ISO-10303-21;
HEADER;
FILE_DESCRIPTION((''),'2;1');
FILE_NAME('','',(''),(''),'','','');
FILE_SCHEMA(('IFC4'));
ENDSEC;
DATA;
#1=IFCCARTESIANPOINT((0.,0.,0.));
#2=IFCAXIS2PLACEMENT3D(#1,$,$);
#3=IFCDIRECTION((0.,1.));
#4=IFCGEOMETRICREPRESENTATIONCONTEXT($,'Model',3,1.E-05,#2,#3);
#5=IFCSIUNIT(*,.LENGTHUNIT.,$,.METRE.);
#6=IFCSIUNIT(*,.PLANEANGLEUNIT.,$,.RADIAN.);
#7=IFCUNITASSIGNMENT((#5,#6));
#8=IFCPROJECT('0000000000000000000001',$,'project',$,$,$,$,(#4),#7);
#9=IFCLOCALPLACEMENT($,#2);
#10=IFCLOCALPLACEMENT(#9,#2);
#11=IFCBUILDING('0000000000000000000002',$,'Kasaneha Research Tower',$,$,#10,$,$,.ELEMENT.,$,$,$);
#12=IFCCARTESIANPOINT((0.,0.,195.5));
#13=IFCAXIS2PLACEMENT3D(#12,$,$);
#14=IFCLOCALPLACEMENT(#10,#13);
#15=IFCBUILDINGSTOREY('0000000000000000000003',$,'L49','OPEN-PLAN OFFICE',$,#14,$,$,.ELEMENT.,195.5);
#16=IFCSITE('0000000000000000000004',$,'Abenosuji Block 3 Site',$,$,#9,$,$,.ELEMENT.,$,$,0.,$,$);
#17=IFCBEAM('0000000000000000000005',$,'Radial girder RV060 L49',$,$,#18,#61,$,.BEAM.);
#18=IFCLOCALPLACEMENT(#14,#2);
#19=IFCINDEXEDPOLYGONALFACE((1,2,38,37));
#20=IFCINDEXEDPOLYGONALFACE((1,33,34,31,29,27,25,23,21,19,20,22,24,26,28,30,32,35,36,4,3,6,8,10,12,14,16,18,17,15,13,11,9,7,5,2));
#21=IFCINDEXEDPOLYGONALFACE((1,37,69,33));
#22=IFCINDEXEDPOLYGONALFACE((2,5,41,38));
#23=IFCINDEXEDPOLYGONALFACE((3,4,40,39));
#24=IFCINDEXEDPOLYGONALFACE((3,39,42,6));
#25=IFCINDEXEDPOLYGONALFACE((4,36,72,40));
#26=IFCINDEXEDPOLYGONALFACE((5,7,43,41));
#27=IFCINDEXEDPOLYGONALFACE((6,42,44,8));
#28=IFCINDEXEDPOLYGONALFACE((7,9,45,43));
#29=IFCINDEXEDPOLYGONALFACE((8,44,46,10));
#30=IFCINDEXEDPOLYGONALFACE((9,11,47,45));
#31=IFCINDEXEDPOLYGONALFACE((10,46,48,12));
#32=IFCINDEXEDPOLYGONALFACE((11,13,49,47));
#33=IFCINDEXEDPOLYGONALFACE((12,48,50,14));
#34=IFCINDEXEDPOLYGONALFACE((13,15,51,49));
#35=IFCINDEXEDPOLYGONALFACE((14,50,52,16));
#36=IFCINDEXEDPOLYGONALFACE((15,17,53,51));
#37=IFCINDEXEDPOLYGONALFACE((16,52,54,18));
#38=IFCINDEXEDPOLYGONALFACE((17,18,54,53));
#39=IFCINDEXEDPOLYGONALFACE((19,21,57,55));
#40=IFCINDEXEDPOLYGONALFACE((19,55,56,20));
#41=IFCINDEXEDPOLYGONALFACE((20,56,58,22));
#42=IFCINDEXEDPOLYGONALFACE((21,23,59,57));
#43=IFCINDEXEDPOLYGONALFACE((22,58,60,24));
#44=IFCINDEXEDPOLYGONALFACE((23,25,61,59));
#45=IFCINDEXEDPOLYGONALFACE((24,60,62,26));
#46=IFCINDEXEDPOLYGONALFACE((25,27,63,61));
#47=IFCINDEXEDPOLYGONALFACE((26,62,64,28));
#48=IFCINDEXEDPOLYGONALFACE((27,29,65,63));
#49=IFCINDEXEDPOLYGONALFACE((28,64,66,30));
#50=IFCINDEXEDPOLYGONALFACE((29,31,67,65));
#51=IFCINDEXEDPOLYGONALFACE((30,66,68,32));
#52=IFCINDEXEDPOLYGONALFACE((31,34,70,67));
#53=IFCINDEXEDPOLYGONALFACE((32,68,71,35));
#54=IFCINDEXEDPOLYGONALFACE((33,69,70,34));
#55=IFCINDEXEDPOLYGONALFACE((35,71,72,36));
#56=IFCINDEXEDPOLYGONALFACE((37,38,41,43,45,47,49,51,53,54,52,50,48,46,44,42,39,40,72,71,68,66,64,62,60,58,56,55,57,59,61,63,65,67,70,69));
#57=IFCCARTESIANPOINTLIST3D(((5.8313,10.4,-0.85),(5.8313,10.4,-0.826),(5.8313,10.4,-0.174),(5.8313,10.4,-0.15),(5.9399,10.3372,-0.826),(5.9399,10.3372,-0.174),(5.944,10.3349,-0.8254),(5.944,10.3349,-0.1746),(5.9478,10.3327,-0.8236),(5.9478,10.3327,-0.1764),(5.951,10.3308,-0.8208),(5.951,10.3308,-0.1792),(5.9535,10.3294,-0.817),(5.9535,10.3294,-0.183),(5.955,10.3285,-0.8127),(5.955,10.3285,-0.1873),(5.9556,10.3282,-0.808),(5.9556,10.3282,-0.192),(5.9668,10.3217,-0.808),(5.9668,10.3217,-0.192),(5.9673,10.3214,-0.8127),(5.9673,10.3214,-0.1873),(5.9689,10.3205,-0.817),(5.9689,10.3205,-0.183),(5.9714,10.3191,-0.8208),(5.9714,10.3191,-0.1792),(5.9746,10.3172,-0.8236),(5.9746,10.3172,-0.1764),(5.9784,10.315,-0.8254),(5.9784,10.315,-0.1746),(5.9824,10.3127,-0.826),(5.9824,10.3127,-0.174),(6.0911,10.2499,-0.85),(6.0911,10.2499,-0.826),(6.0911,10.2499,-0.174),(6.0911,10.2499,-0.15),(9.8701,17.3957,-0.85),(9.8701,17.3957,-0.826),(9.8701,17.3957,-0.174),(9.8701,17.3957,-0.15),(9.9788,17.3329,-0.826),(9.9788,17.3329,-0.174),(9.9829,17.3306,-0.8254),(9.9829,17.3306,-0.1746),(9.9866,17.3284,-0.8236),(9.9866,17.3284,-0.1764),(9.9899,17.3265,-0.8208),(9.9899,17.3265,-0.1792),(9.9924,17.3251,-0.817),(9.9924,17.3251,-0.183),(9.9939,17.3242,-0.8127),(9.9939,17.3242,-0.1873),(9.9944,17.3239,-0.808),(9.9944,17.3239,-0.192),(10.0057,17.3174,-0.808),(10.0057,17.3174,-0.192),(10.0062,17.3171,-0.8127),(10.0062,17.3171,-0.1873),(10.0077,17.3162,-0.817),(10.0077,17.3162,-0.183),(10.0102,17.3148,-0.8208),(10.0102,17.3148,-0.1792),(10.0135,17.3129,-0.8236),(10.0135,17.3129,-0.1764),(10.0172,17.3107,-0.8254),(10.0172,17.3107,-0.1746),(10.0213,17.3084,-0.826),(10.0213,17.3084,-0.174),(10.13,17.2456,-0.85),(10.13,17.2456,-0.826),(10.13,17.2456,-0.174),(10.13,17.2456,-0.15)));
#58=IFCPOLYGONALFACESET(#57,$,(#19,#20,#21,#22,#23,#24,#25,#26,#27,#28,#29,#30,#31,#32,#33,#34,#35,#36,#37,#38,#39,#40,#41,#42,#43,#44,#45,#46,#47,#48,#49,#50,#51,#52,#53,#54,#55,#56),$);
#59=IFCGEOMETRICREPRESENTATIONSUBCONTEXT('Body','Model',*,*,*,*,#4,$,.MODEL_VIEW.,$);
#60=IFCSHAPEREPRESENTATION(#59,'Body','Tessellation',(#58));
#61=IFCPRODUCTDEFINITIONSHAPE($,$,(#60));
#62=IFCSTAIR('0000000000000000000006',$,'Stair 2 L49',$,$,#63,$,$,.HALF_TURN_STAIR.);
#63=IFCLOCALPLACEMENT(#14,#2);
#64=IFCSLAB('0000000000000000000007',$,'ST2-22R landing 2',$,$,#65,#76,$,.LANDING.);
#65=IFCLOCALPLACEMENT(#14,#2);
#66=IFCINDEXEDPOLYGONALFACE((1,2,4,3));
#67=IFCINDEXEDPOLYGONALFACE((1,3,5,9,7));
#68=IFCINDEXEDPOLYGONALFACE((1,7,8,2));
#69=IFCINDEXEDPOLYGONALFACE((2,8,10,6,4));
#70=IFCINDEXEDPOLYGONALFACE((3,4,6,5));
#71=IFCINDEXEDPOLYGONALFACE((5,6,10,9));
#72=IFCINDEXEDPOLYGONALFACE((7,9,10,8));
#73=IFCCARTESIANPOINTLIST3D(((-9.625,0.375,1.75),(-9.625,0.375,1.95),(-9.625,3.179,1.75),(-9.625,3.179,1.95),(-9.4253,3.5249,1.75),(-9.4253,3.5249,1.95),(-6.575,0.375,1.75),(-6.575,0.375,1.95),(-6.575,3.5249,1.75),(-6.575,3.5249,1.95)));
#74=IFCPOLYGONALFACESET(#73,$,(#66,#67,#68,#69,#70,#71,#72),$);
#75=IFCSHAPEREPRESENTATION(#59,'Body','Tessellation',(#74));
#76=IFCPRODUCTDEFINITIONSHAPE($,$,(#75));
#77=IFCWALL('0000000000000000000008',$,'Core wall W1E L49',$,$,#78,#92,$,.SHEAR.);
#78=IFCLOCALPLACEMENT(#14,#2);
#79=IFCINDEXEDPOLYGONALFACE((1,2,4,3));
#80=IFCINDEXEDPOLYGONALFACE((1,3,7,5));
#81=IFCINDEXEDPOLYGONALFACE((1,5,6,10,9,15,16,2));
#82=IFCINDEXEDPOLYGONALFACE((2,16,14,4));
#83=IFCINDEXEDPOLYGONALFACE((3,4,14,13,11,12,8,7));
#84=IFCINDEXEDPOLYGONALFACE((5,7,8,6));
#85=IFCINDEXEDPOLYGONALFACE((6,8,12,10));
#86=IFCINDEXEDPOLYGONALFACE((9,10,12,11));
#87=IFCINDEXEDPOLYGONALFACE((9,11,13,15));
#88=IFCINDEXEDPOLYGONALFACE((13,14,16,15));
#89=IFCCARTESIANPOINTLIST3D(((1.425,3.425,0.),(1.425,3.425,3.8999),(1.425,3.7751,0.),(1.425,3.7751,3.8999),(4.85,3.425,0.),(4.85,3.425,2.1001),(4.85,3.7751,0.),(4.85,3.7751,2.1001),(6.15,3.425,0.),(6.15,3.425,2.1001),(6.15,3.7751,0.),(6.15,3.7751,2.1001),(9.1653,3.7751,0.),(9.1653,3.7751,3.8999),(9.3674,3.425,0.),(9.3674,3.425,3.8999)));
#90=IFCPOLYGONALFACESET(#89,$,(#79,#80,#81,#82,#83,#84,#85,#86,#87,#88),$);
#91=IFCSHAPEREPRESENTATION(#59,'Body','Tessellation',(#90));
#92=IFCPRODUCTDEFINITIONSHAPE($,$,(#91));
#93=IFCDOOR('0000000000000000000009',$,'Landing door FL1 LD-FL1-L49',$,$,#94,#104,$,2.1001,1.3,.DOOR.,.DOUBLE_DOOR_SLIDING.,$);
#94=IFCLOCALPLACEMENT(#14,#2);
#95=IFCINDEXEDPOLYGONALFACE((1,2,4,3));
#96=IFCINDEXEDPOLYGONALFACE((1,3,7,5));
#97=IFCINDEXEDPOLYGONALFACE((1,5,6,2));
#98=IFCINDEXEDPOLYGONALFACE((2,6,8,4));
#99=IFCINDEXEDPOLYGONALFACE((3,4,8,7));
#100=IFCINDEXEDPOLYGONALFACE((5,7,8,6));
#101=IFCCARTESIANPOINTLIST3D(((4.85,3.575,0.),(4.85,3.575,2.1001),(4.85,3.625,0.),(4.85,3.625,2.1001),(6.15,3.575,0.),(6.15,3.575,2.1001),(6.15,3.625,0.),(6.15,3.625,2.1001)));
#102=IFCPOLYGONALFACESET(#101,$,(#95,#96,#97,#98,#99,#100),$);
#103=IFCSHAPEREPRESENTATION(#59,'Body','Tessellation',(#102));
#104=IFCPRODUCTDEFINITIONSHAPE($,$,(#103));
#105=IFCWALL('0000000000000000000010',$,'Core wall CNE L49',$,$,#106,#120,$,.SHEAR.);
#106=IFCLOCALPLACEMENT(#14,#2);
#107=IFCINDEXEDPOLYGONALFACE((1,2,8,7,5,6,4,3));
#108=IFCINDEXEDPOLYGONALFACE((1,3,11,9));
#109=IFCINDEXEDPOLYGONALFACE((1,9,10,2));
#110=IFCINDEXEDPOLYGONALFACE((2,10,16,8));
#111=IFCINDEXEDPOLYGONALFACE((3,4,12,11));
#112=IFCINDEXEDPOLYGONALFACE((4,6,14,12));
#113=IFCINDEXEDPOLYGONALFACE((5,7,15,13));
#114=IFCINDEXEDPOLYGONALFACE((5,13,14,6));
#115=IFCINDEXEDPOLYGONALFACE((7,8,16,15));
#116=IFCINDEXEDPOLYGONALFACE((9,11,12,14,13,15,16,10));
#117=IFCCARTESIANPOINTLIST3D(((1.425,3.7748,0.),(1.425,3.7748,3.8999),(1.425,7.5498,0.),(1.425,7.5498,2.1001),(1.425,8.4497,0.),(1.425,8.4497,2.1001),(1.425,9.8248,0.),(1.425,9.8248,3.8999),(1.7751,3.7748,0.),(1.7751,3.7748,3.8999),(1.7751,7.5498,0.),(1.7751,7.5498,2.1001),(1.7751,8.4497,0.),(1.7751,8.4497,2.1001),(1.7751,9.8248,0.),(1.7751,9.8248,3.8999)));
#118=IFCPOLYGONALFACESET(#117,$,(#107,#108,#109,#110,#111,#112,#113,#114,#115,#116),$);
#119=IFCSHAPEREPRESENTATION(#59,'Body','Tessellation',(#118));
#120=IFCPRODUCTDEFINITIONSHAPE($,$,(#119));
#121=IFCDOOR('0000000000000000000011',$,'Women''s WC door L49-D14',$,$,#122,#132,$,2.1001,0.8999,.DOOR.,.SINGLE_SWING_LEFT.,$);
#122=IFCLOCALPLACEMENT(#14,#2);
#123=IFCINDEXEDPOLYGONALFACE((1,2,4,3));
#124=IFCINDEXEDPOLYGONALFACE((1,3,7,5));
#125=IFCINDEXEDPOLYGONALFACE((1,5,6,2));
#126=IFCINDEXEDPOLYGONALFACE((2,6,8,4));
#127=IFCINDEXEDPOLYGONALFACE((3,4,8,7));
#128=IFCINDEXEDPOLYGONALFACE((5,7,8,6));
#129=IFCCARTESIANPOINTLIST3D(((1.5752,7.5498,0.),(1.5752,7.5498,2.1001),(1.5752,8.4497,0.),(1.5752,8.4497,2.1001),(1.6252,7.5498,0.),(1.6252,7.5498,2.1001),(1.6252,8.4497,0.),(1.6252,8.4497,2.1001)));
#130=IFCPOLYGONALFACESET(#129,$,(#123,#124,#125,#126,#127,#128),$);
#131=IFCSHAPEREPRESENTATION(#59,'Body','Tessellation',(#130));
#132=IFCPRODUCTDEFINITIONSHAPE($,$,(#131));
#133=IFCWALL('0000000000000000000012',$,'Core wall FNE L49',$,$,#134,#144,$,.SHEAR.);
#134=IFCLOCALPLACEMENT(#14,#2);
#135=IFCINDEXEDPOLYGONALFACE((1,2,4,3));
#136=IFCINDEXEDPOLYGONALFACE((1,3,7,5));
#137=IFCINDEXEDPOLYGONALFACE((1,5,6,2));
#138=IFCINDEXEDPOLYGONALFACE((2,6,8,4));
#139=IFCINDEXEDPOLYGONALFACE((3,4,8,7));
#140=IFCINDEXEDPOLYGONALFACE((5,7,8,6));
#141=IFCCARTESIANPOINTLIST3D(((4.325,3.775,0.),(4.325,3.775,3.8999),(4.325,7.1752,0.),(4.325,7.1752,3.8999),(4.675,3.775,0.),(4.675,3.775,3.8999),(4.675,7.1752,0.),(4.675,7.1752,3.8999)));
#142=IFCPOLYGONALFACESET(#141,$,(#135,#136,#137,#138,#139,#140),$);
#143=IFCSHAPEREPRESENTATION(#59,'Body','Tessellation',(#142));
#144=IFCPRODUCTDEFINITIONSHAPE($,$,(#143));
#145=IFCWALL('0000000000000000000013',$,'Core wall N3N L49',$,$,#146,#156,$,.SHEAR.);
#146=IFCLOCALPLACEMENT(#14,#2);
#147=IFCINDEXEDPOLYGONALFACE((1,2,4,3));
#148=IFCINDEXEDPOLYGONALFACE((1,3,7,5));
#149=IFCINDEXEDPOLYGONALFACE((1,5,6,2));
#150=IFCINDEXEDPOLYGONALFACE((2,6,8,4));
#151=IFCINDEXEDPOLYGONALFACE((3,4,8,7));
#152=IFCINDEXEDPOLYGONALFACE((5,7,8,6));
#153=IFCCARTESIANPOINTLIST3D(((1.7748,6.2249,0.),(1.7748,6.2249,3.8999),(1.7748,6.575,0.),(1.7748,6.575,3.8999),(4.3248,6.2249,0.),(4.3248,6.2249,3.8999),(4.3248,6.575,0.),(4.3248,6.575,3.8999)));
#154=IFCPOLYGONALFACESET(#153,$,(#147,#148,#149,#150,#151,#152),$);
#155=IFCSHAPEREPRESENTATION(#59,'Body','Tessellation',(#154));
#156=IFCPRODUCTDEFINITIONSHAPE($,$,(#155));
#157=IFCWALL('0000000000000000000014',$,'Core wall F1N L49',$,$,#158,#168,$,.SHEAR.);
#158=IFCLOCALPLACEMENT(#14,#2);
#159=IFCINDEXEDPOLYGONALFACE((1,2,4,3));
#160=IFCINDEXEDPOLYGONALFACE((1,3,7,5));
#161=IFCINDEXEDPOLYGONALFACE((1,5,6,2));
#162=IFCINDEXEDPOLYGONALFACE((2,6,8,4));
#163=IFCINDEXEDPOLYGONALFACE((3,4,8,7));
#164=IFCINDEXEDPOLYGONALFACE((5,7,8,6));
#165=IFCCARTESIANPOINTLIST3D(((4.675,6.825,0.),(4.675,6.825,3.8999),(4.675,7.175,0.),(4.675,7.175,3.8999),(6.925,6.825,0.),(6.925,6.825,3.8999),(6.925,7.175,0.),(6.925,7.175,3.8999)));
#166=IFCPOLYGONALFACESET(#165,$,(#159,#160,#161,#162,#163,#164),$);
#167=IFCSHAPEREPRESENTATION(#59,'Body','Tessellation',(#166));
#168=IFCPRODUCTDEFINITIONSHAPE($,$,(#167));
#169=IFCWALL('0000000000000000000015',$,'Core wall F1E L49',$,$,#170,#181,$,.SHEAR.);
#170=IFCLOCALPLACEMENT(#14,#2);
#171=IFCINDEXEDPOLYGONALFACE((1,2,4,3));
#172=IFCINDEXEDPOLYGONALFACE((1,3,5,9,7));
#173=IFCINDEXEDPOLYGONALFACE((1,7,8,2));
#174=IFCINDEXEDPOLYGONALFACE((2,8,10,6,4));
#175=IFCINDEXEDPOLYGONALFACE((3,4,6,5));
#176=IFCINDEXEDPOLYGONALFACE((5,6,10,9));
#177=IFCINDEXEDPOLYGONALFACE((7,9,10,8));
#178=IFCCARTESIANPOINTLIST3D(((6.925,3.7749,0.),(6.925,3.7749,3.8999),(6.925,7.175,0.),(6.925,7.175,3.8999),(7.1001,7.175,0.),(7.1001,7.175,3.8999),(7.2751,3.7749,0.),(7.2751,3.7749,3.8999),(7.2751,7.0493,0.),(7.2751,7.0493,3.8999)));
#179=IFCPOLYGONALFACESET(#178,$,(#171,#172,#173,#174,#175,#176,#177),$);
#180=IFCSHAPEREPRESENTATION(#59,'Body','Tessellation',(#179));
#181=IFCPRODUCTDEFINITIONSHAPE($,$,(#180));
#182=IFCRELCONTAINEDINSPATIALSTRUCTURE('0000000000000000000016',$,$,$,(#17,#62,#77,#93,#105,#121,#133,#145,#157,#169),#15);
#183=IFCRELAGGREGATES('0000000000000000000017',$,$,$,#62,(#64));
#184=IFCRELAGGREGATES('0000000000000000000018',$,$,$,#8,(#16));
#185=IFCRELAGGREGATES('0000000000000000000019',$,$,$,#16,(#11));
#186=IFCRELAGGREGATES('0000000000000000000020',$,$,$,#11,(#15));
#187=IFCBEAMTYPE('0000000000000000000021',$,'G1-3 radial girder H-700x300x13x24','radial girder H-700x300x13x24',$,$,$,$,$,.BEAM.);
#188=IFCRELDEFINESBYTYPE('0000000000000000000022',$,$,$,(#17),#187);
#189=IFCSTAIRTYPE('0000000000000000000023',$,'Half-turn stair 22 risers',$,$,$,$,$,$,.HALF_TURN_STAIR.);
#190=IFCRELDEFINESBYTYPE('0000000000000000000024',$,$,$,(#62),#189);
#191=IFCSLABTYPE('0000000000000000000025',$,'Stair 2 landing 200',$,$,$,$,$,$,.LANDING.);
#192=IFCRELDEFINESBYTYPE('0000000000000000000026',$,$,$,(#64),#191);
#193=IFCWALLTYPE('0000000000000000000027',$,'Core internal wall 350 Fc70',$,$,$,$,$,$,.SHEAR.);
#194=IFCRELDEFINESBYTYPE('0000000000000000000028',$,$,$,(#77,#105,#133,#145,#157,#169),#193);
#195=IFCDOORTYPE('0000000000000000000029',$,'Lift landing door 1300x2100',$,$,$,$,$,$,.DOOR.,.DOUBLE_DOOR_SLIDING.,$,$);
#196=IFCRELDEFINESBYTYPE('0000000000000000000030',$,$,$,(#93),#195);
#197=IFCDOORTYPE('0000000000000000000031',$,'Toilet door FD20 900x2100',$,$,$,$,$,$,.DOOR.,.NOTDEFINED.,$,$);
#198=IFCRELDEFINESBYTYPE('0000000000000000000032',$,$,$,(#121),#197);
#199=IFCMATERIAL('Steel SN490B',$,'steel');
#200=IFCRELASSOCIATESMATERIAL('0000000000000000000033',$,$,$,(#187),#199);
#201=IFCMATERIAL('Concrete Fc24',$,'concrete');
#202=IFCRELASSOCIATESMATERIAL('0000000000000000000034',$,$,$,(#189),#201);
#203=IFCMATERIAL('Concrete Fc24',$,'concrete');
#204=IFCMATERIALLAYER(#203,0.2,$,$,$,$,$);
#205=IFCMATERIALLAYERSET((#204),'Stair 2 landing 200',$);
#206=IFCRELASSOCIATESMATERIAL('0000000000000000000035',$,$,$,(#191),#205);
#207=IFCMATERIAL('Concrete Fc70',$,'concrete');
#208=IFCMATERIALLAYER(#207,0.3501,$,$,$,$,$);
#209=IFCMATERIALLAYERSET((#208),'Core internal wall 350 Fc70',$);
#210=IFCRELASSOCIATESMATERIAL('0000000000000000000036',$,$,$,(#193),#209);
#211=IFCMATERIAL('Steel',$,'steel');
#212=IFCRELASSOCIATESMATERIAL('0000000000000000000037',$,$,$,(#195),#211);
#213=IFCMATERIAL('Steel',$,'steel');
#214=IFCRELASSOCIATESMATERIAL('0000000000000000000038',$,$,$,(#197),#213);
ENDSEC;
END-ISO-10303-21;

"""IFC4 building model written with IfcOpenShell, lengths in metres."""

from ifc_helpers import new_model, si_unit, direction, frame, frame_2d, origin, origin_2d, place, context, subcontext, project, spatial, polyline, rectangle, i_section, outline, extrude, material, layer, layer_set, material_profile, profile_set, type_object, element, fill, aggregate, save


model = new_model("IFC4")

# Units and contexts
model_context = context("Model", 3, precision=1e-05, world=origin(), true_north=direction((0.0, 1.0)))
body_context = subcontext(model_context, "Body", "Model", "MODEL_VIEW")
ifc_project = project(units=[si_unit("LENGTHUNIT", "METRE"), si_unit("PLANEANGLEUNIT", "RADIAN")], contexts=[model_context])

# Site, building, storey
site_placement = place(None, origin())
site = spatial("IfcSite", under=ifc_project, at=site_placement, Name="Abenosuji Block 3 Site", CompositionType="ELEMENT", RefElevation=0.0)
building_placement = place(site_placement, origin())
building = spatial("IfcBuilding", under=site, at=building_placement, Name="Kasaneha Research Tower", CompositionType="ELEMENT")
storey_placement = place(building_placement, frame((0.0, 0.0, 195.5)))
storey = spatial("IfcBuildingStorey", under=building, at=storey_placement, Name="L49", Description="OPEN-PLAN OFFICE", CompositionType="ELEMENT", Elevation=195.5)

# Beam
ifc_material_1 = material(Name="Steel SN490B", Category="steel")
ifc_material_profile = material_profile(ifc_material_1, i_section(OverallWidth=0.3, OverallDepth=0.7, WebThickness=0.0129, FlangeThickness=0.0239, FilletRadius=0.0181, at=origin_2d()), Name="H-700x300x13x24")
ifc_profile_set = profile_set([ifc_material_profile], Name="Steel SN490B")
beam_type = type_object("IfcBeamType", Name="G1-3 radial girder H-700x300x13x24", Description="radial girder H-700x300x13x24", PredefinedType="BEAM", material=ifc_profile_set)
beam_placement = place(storey_placement, frame((5.9612, 10.325, -0.5), z_axis=(0.499991, 0.866031, 0.0), x_axis=(-0.866031, 0.499991, 0.0)))
element("IfcBeam", 1, at=beam_placement, inside=storey, type_object=beam_type, Name="Radial girder RV060 L49", PredefinedType="BEAM", context=body_context, shape_type="SweptSolid", body=[
    extrude(i_section(OverallWidth=0.3, OverallDepth=0.7, WebThickness=0.0129, FlangeThickness=0.0239, FilletRadius=0.0181, at=origin_2d()), origin(), (0.0, 0.0, 1.0), 8.0779),
])

# Stair, slab
ifc_material_2 = material(Name="Concrete Fc24", Category="concrete")
stair_type = type_object("IfcStairType", Name="Half-turn stair 22 risers", PredefinedType="HALF_TURN_STAIR", material=ifc_material_2)
stair_1_placement = place(storey_placement, origin())
stair_1 = element("IfcStair", 2, at=stair_1_placement, inside=storey, type_object=stair_type, Name="Stair 2 L49", PredefinedType="HALF_TURN_STAIR")
ifc_material_3 = material(Name="Concrete Fc24", Category="concrete")
ifc_layer_1 = layer(ifc_material_3, 0.2)
ifc_layer_set_1 = layer_set([ifc_layer_1], Name="Stair 2 landing 200")
slab_type = type_object("IfcSlabType", Name="Stair 2 landing 200", PredefinedType="LANDING", material=ifc_layer_set_1)
slab_placement = place(storey_placement, frame((0.0, 0.0, 1.75)))
slab = element("IfcSlab", 3, at=slab_placement, type_object=slab_type, Name="ST2-22R landing 2", PredefinedType="LANDING", context=body_context, shape_type="SweptSolid", body=[
    extrude(outline(polyline([(-6.575, 0.375), (-9.625, 0.375), (-9.625, 3.179), (-9.4253, 3.5249), (-6.575, 3.5249), (-6.575, 0.375)])), origin(), (0.0, 0.0, 1.0), 0.2),
])
aggregate(stair_1, [slab])

# Walls, openings, doors
ifc_material_4 = material(Name="Concrete Fc70", Category="concrete")
ifc_layer_2 = layer(ifc_material_4, 0.3501)
ifc_layer_set_2 = layer_set([ifc_layer_2], Name="Core internal wall 350 Fc70")
wall_type_1 = type_object("IfcWallType", Name="Core internal wall 350 Fc70", PredefinedType="SHEAR", material=ifc_layer_set_2)
wall_1_placement = place(storey_placement, frame((1.425, 3.6001, 0.0), z_axis=(0.0, 0.0, 1.0), x_axis=(1.0, 0.0, 0.0)))
wall_1 = element("IfcWall", 4, at=wall_1_placement, inside=storey, type_object=wall_type_1, Name="Core wall W1E L49", PredefinedType="SHEAR", context=body_context, shape_type="SweptSolid", body=[
    extrude(outline(polyline([(0.0, -0.175), (3.425, -0.175), (4.7251, -0.175), (7.9424, -0.175), (7.7402, 0.175), (4.7251, 0.175), (3.425, 0.175), (0.0, 0.175), (0.0, -0.175)])), origin(), (0.0, 0.0, 1.0), 3.8999),
])
opening_1_placement = place(wall_1_placement, frame((3.425, 0.0, 0.0)))
opening_1 = element("IfcOpeningElement", 5, at=opening_1_placement, cuts=wall_1, PredefinedType="OPENING", context=body_context, shape_type="SweptSolid", body=[
    extrude(rectangle(XDim=1.3, YDim=2.1001, at=frame_2d((0.6499, 1.05))), frame((0.0, 0.1851, 0.0), z_axis=(0.0, -1.0, 0.0), x_axis=(1.0, 0.0, 0.0)), (0.0, 0.0, 1.0), 0.3701),
])
ifc_material_5 = material(Name="Steel", Category="steel")
door_type_1 = type_object("IfcDoorType", Name="Lift landing door 1300x2100", OperationType="DOUBLE_DOOR_SLIDING", PredefinedType="DOOR", material=ifc_material_5)
door_1_placement = place(opening_1_placement, origin())
door_1 = element("IfcDoor", 6, at=door_1_placement, inside=storey, type_object=door_type_1, Name="Landing door FL1 LD-FL1-L49", OperationType="DOUBLE_DOOR_SLIDING", OverallHeight=2.1001, OverallWidth=1.3, PredefinedType="DOOR", context=body_context, shape_type="SweptSolid", body=[
    extrude(rectangle(XDim=1.3, YDim=2.1001, at=frame_2d((0.6499, 1.05))), frame((0.0, 0.0249, 0.0), z_axis=(0.0, -1.0, 0.0), x_axis=(1.0, 0.0, 0.0)), (0.0, 0.0, 1.0), 0.05),
])
fill(opening_1, door_1)
wall_2_placement = place(storey_placement, frame((1.6001, 3.7749, 0.0), z_axis=(0.0, 0.0, 1.0), x_axis=(0.0, 1.0, 0.0)))
wall_2 = element("IfcWall", 7, at=wall_2_placement, inside=storey, type_object=wall_type_1, Name="Core wall CNE L49", PredefinedType="SHEAR", context=body_context, shape_type="SweptSolid", body=[
    extrude(rectangle(XDim=6.05, YDim=0.3501, at=frame_2d((3.0249, 0.0))), origin(), (0.0, 0.0, 1.0), 3.8999),
])
opening_2_placement = place(wall_2_placement, frame((3.7749, 0.0, 0.0)))
opening_2 = element("IfcOpeningElement", 8, at=opening_2_placement, cuts=wall_2, PredefinedType="OPENING", context=body_context, shape_type="SweptSolid", body=[
    extrude(rectangle(XDim=0.8999, YDim=2.1001, at=frame_2d((0.45, 1.05))), frame((0.0, 0.1851, 0.0), z_axis=(0.0, -1.0, 0.0), x_axis=(1.0, 0.0, 0.0)), (0.0, 0.0, 1.0), 0.3701),
])
ifc_material_6 = material(Name="Steel", Category="steel")
door_type_2 = type_object("IfcDoorType", Name="Toilet door FD20 900x2100", OperationType="NOTDEFINED", PredefinedType="DOOR", material=ifc_material_6)
door_2_placement = place(opening_2_placement, origin())
door_2 = element("IfcDoor", 9, at=door_2_placement, inside=storey, type_object=door_type_2, Name="Women's WC door L49-D14", OperationType="SINGLE_SWING_LEFT", OverallHeight=2.1001, OverallWidth=0.8999, PredefinedType="DOOR", context=body_context, shape_type="SweptSolid", body=[
    extrude(rectangle(XDim=0.8999, YDim=2.1001, at=frame_2d((0.45, 1.05))), frame((0.0, 0.0249, 0.0), z_axis=(0.0, -1.0, 0.0), x_axis=(1.0, 0.0, 0.0)), (0.0, 0.0, 1.0), 0.05),
])
fill(opening_2, door_2)

# Walls
wall_3_placement = place(storey_placement, frame((4.5, 3.7749, 0.0), z_axis=(0.0, 0.0, 1.0), x_axis=(0.0, 1.0, 0.0)))
element("IfcWall", 10, at=wall_3_placement, inside=storey, type_object=wall_type_1, Name="Core wall FNE L49", PredefinedType="SHEAR", context=body_context, shape_type="SweptSolid", body=[
    extrude(rectangle(XDim=3.4001, YDim=0.3501, at=frame_2d((1.7002, 0.0))), origin(), (0.0, 0.0, 1.0), 3.8999),
])
wall_4_placement = place(storey_placement, frame((1.7749, 6.3999, 0.0), z_axis=(0.0, 0.0, 1.0), x_axis=(1.0, 0.0, 0.0)))
element("IfcWall", 11, at=wall_4_placement, inside=storey, type_object=wall_type_1, Name="Core wall N3N L49", PredefinedType="SHEAR", context=body_context, shape_type="SweptSolid", body=[
    extrude(rectangle(XDim=2.55, YDim=0.3501, at=frame_2d((1.2749, 0.0))), origin(), (0.0, 0.0, 1.0), 3.8999),
])
wall_5_placement = place(storey_placement, frame((4.675, 7.0, 0.0), z_axis=(0.0, 0.0, 1.0), x_axis=(1.0, 0.0, 0.0)))
element("IfcWall", 12, at=wall_5_placement, inside=storey, type_object=wall_type_1, Name="Core wall F1N L49", PredefinedType="SHEAR", context=body_context, shape_type="SweptSolid", body=[
    extrude(rectangle(XDim=2.25, YDim=0.3501, at=frame_2d((1.125, 0.0))), origin(), (0.0, 0.0, 1.0), 3.8999),
])
wall_6_placement = place(storey_placement, frame((7.1001, 3.7749, 0.0), z_axis=(0.0, 0.0, 1.0), x_axis=(0.0, 1.0, 0.0)))
element("IfcWall", 13, at=wall_6_placement, inside=storey, type_object=wall_type_1, Name="Core wall F1E L49", PredefinedType="SHEAR", context=body_context, shape_type="SweptSolid", body=[
    extrude(outline(polyline([(0.0, -0.175), (3.2744, -0.175), (3.4001, 0.0), (3.4001, 0.175), (0.0, 0.175), (0.0, -0.175)])), origin(), (0.0, 0.0, 1.0), 3.8999),
])

save(model, "model.ifc")
